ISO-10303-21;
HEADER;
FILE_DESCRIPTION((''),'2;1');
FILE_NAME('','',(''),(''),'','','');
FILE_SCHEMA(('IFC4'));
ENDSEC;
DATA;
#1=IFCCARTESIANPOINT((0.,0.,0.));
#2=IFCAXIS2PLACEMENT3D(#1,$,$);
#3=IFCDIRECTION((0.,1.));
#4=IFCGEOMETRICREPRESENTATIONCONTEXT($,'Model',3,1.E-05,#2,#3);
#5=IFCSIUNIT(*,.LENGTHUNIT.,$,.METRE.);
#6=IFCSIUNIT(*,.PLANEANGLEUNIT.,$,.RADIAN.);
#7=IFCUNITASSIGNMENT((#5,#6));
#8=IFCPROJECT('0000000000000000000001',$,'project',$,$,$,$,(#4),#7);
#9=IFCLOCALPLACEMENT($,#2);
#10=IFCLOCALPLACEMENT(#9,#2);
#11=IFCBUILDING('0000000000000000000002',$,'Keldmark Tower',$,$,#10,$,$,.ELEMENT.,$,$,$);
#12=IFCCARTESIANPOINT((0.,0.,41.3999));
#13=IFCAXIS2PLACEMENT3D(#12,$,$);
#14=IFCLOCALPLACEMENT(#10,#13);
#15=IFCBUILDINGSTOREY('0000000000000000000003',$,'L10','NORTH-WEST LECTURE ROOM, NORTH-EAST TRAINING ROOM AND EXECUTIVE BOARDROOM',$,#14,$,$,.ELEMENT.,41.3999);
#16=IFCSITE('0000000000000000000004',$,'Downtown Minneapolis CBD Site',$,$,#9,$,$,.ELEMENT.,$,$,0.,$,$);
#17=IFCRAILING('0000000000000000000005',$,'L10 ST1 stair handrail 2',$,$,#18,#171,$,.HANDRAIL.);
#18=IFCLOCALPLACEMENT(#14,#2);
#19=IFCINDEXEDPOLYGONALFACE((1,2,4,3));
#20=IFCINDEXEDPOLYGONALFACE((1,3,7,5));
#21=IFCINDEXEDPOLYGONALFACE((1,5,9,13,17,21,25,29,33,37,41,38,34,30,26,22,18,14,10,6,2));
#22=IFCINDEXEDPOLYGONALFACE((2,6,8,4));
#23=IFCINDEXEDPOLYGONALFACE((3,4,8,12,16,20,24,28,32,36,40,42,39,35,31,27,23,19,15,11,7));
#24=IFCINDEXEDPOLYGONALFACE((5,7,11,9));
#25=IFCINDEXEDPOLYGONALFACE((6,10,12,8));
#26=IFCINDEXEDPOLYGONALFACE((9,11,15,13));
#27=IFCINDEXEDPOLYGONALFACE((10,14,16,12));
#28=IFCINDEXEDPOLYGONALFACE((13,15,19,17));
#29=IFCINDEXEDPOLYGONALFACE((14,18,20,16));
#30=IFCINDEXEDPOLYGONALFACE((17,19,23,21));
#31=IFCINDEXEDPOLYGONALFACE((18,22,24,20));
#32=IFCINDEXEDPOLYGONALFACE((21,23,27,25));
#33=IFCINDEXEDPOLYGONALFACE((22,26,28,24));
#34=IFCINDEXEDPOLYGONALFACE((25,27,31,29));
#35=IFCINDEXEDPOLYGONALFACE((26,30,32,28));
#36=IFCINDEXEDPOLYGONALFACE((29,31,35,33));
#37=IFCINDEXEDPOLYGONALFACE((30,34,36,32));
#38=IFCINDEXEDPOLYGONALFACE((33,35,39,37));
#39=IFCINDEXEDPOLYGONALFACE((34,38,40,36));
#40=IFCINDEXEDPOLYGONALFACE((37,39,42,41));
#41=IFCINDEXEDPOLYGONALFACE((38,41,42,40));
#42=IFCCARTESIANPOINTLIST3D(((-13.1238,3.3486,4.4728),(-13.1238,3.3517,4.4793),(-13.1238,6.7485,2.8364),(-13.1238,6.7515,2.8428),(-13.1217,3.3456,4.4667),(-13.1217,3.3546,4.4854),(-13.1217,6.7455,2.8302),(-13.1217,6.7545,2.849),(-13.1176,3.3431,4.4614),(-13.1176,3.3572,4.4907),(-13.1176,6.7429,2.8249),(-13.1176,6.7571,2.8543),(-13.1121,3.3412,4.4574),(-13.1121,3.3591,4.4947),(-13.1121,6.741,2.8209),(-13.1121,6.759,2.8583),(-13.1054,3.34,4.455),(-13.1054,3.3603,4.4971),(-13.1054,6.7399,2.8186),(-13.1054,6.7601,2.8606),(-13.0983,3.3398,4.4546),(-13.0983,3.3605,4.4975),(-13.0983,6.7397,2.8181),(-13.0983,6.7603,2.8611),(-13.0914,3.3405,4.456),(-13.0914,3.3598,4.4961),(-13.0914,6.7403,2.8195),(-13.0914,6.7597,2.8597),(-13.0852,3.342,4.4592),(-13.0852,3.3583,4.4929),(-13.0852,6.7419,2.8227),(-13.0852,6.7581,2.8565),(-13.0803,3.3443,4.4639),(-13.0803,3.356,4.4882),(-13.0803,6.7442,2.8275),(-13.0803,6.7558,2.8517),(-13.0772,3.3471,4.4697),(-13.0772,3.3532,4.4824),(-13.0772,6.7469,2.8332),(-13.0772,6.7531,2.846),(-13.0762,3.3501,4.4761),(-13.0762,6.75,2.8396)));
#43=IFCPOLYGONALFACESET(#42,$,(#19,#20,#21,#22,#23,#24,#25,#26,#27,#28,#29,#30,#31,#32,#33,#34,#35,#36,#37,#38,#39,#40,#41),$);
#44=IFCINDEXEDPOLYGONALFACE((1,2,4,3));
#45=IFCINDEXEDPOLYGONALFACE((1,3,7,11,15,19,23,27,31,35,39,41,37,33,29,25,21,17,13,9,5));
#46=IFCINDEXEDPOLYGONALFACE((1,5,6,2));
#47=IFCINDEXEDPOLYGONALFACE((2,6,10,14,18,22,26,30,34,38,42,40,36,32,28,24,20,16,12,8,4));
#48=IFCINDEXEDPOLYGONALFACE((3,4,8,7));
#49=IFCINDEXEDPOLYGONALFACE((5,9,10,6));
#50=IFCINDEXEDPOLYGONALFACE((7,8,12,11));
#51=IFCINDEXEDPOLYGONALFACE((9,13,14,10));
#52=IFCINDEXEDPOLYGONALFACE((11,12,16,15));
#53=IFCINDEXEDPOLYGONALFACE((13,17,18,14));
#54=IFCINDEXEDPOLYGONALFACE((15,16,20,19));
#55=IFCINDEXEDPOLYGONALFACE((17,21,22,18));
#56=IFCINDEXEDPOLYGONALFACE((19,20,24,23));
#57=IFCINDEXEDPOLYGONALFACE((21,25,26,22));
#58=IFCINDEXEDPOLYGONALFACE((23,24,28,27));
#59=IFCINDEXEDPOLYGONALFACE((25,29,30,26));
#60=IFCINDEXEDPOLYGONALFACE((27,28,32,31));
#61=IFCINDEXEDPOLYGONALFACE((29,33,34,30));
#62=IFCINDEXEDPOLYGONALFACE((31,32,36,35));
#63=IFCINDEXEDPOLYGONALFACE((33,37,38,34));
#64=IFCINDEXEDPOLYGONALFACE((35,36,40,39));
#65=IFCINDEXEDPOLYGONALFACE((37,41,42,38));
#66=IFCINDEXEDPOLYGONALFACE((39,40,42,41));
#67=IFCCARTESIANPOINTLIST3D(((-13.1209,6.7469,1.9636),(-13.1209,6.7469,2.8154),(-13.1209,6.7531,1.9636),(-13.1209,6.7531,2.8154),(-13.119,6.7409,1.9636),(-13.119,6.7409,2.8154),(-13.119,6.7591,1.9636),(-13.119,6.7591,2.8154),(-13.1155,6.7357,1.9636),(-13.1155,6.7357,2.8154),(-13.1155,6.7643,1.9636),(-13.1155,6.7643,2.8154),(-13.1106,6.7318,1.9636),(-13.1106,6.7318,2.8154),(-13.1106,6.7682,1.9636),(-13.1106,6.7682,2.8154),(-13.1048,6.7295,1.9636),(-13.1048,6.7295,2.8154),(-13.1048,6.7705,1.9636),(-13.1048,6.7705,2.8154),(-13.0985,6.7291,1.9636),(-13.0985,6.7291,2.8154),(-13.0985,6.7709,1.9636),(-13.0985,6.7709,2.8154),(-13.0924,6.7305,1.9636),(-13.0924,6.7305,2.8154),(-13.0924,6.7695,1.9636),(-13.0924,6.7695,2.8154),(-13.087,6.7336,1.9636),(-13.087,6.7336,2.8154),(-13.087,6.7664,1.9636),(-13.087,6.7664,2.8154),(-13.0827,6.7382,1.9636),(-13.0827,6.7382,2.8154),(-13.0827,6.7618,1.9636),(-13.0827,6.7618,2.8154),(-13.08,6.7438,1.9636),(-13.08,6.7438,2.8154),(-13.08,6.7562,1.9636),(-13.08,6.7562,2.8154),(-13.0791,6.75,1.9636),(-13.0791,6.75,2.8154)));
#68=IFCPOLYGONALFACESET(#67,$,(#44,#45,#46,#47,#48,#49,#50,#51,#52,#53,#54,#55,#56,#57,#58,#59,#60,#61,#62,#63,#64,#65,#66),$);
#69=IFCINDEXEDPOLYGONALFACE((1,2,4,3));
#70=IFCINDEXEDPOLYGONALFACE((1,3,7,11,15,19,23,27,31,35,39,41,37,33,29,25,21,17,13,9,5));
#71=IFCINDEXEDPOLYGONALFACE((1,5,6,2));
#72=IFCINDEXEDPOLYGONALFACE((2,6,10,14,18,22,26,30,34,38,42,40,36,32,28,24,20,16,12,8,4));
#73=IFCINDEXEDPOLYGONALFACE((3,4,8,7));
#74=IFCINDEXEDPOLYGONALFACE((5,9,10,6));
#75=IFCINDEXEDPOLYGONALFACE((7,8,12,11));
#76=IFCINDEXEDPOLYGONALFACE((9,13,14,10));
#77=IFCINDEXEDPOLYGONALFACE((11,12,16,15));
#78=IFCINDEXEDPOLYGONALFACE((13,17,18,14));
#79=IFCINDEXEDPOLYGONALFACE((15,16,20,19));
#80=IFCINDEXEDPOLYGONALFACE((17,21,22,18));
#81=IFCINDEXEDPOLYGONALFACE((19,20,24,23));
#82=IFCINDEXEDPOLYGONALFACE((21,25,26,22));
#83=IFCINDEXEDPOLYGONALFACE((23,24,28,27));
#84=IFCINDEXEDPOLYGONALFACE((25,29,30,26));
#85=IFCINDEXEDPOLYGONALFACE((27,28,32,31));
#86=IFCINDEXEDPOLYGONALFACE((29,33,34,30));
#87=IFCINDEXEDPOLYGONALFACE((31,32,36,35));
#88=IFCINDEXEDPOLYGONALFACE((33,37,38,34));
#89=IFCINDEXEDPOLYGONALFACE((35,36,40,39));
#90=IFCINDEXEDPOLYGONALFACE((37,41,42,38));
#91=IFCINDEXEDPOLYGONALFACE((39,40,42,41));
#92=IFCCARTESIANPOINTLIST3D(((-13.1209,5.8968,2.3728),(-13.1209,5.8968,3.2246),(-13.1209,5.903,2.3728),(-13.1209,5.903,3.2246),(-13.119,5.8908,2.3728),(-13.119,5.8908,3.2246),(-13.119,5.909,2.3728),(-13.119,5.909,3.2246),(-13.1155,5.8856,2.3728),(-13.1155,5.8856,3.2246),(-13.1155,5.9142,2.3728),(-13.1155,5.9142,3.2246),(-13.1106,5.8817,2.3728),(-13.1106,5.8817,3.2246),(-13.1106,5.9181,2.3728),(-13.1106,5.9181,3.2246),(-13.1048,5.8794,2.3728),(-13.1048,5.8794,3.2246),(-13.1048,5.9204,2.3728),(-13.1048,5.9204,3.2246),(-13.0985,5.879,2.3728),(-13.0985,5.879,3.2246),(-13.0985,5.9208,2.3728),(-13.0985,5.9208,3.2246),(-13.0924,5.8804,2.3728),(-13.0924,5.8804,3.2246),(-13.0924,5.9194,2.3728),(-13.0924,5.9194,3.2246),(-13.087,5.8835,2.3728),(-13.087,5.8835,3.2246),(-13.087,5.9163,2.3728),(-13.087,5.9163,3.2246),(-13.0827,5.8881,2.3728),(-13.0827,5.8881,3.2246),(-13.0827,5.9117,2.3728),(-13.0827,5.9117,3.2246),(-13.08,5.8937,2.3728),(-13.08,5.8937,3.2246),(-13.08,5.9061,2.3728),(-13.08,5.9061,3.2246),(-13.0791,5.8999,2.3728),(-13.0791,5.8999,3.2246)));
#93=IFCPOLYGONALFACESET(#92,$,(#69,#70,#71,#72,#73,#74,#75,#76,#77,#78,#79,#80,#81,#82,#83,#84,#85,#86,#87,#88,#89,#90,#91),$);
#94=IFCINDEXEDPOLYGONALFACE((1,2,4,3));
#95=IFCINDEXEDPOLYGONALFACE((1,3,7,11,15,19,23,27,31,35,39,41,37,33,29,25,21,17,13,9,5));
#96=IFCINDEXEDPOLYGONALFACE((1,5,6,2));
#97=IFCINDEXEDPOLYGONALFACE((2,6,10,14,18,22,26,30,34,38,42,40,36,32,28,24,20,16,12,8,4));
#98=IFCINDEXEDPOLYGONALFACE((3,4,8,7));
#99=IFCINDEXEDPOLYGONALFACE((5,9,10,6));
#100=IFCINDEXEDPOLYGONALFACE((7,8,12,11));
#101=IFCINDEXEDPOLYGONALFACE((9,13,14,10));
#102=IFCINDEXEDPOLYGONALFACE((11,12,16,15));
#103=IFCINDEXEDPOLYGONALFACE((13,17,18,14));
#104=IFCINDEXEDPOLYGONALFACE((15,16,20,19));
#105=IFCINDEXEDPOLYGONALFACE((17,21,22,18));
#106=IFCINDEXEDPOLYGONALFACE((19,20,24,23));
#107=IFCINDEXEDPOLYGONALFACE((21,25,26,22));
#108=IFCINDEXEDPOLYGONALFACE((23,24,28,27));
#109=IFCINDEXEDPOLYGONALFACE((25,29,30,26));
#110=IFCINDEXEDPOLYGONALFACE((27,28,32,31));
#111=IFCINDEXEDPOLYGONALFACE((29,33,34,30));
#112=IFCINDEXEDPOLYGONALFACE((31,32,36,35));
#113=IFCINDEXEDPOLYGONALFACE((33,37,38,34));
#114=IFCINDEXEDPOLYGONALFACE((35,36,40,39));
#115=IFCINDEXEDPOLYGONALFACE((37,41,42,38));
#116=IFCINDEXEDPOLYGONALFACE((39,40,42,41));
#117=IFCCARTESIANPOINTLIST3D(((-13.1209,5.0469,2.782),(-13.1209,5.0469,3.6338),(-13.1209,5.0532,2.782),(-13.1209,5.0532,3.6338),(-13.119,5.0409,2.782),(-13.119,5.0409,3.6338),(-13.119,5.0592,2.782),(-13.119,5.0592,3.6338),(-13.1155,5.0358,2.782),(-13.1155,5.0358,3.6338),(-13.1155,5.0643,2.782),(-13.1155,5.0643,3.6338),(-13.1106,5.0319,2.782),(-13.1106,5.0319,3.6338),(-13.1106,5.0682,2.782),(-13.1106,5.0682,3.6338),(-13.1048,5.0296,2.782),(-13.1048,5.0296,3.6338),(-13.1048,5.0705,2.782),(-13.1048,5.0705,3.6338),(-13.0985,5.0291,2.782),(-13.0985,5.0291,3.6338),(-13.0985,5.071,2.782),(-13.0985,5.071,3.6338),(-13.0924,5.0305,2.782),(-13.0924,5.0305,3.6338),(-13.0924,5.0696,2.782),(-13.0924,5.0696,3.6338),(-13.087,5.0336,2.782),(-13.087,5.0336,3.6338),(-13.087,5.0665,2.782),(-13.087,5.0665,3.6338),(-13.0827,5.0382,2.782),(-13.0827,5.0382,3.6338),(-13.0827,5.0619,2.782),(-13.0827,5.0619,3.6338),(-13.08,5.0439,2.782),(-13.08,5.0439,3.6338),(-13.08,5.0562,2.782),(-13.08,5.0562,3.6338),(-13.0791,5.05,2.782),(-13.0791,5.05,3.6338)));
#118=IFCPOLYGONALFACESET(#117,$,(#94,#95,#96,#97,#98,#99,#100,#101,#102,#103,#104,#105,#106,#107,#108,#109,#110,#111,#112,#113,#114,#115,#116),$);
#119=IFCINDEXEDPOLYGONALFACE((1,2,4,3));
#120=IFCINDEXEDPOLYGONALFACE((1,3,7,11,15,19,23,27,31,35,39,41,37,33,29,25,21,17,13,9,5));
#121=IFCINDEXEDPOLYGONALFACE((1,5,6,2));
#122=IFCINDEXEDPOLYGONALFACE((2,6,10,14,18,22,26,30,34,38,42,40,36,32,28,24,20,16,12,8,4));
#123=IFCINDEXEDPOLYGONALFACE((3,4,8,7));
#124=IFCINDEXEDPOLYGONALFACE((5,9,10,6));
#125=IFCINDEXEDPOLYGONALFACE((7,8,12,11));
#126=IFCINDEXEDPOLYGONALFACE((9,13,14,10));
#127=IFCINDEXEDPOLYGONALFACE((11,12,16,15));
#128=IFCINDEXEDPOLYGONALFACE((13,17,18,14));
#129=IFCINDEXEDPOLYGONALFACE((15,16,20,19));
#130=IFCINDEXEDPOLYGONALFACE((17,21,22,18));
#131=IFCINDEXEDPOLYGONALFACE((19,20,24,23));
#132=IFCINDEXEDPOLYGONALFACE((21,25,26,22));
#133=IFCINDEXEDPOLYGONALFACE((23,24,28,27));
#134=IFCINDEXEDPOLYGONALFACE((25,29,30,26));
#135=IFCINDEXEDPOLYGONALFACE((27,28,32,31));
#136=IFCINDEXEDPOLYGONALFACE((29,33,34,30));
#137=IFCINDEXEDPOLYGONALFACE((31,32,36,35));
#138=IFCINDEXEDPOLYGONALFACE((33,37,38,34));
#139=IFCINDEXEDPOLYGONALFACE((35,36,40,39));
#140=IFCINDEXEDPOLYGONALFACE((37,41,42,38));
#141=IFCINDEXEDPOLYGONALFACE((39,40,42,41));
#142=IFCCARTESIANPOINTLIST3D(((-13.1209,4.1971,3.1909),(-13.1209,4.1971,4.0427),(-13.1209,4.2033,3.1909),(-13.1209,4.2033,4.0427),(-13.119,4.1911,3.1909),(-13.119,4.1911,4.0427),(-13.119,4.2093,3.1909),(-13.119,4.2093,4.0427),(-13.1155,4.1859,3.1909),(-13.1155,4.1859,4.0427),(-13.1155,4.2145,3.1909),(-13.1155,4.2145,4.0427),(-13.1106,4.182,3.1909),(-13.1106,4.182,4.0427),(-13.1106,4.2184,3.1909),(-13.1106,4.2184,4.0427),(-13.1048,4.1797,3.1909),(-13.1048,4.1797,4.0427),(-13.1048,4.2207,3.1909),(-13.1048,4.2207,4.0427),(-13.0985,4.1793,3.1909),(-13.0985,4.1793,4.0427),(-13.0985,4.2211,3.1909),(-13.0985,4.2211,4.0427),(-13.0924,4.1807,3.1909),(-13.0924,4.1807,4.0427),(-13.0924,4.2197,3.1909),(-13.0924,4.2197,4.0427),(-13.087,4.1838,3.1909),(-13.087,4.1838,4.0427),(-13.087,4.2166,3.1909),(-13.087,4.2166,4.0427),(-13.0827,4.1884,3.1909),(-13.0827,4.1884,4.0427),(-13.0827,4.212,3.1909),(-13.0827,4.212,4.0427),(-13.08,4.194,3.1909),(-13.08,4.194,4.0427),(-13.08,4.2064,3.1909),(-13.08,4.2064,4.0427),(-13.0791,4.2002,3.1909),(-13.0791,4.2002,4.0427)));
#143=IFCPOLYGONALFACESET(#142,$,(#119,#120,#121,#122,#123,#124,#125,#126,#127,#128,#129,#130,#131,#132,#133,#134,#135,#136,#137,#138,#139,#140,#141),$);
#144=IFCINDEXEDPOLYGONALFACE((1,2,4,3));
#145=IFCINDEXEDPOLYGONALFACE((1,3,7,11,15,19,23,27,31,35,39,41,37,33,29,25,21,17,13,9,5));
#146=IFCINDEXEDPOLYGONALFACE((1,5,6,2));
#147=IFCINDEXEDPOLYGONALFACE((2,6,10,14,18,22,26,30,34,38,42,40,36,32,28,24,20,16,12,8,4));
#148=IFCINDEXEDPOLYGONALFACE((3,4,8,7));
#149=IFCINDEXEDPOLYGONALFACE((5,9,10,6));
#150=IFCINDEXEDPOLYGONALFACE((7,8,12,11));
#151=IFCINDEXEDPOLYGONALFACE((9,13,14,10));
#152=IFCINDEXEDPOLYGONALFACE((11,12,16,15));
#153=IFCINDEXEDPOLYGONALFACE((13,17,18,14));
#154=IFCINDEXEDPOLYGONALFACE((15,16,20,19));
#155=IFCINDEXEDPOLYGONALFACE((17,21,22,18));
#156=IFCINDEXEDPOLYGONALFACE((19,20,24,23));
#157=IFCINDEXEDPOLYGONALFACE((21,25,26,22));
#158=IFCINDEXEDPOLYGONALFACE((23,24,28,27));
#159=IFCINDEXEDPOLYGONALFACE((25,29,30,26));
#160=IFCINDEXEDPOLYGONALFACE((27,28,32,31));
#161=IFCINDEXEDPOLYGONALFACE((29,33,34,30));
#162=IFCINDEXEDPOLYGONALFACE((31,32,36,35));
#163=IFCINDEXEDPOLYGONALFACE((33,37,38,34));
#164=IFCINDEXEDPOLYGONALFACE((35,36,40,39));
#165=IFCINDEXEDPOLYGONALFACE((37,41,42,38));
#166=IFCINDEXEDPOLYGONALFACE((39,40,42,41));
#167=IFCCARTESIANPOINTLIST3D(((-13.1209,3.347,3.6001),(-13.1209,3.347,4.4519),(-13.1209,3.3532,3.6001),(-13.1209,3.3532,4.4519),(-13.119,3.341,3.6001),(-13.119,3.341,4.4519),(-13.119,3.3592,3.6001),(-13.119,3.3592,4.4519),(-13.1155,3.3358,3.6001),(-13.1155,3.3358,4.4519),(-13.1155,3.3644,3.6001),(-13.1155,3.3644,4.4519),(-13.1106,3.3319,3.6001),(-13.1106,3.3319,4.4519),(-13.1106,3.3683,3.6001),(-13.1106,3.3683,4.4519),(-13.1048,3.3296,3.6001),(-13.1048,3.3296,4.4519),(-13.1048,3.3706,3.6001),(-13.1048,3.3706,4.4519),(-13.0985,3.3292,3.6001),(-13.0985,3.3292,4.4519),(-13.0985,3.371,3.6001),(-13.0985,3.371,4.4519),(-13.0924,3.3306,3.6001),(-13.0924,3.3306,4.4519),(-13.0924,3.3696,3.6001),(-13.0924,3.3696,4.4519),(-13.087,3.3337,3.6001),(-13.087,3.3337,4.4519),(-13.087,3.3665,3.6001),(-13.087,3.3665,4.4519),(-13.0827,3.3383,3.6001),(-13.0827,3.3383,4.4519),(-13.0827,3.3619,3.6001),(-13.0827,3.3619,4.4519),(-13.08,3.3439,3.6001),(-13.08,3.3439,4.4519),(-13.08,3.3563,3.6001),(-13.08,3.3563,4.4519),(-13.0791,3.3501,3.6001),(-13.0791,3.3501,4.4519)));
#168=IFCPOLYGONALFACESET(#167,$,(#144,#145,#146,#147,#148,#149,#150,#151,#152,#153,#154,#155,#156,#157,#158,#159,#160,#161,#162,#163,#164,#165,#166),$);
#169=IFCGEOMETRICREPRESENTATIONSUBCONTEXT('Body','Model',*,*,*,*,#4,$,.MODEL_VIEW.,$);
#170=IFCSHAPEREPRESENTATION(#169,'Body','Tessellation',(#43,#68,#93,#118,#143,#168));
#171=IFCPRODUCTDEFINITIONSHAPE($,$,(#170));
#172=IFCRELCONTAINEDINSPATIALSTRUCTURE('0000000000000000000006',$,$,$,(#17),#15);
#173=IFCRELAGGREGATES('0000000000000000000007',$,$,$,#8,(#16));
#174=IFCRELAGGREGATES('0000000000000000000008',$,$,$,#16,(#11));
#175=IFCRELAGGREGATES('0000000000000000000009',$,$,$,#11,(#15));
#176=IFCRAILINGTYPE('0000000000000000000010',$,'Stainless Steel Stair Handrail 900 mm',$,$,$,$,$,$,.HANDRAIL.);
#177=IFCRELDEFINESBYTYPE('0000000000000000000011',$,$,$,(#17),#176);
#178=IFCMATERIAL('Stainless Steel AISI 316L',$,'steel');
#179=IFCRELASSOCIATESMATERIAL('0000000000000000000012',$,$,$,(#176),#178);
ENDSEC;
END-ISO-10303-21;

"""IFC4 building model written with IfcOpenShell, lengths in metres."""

from ifc_helpers import new_model, si_unit, direction, frame, origin, origin_2d, place, context, subcontext, project, spatial, circle, extrude, material, type_object, element, save


model = new_model("IFC4")

# Units and contexts
model_context = context("Model", 3, precision=1e-05, world=origin(), true_north=direction((0.0, 1.0)))
body_context = subcontext(model_context, "Body", "Model", "MODEL_VIEW")
ifc_project = project(units=[si_unit("LENGTHUNIT", "METRE"), si_unit("PLANEANGLEUNIT", "RADIAN")], contexts=[model_context])

# Site, building, storey
site_placement = place(None, origin())
site = spatial("IfcSite", under=ifc_project, at=site_placement, Name="Downtown Minneapolis CBD Site", CompositionType="ELEMENT", RefElevation=0.0)
building_placement = place(site_placement, origin())
building = spatial("IfcBuilding", under=site, at=building_placement, Name="Keldmark Tower", CompositionType="ELEMENT")
storey_placement = place(building_placement, frame((0.0, 0.0, 41.3999)))
storey = spatial("IfcBuildingStorey", under=building, at=storey_placement, Name="L10", Description="NORTH-WEST LECTURE ROOM, NORTH-EAST TRAINING ROOM AND EXECUTIVE BOARDROOM", CompositionType="ELEMENT", Elevation=41.3999)

# Railing
ifc_material_1 = material(Name="Stainless Steel AISI 316L", Category="steel")
railing_type_1 = type_object("IfcRailingType", Name="Stainless Steel Stair Handrail 900 mm", PredefinedType="HANDRAIL", material=ifc_material_1)
railing_1_placement = place(storey_placement, frame((-13.1001, 6.75, 1.9636)))
element("IfcRailing", 1, at=railing_1_placement, inside=storey, type_object=railing_type_1, Name="L10 ST1 stair handrail 2", PredefinedType="HANDRAIL", context=body_context, shape_type="SweptSolid", body=[
    extrude(circle(Radius=0.0239, at=origin_2d()), frame((0.0, 0.0, 0.876), z_axis=(0.0, -0.901055, 0.433705), x_axis=(1.0, 0.0, 0.0)), (0.0, 0.0, 1.0), 3.7732),
    extrude(circle(Radius=0.021, at=origin_2d()), origin(), (0.0, 0.0, 1.0), 0.8518),
    extrude(circle(Radius=0.021, at=origin_2d()), frame((0.0, -0.8501, 0.4092)), (0.0, 0.0, 1.0), 0.8518),
    extrude(circle(Radius=0.021, at=origin_2d()), frame((0.0, -1.7, 0.8184)), (0.0, 0.0, 1.0), 0.8518),
    extrude(circle(Radius=0.021, at=origin_2d()), frame((0.0, -2.5498, 1.2273)), (0.0, 0.0, 1.0), 0.8518),
    extrude(circle(Radius=0.021, at=origin_2d()), frame((0.0, -3.3999, 1.6365)), (0.0, 0.0, 1.0), 0.8518),
])

save(model, "model.ifc")
